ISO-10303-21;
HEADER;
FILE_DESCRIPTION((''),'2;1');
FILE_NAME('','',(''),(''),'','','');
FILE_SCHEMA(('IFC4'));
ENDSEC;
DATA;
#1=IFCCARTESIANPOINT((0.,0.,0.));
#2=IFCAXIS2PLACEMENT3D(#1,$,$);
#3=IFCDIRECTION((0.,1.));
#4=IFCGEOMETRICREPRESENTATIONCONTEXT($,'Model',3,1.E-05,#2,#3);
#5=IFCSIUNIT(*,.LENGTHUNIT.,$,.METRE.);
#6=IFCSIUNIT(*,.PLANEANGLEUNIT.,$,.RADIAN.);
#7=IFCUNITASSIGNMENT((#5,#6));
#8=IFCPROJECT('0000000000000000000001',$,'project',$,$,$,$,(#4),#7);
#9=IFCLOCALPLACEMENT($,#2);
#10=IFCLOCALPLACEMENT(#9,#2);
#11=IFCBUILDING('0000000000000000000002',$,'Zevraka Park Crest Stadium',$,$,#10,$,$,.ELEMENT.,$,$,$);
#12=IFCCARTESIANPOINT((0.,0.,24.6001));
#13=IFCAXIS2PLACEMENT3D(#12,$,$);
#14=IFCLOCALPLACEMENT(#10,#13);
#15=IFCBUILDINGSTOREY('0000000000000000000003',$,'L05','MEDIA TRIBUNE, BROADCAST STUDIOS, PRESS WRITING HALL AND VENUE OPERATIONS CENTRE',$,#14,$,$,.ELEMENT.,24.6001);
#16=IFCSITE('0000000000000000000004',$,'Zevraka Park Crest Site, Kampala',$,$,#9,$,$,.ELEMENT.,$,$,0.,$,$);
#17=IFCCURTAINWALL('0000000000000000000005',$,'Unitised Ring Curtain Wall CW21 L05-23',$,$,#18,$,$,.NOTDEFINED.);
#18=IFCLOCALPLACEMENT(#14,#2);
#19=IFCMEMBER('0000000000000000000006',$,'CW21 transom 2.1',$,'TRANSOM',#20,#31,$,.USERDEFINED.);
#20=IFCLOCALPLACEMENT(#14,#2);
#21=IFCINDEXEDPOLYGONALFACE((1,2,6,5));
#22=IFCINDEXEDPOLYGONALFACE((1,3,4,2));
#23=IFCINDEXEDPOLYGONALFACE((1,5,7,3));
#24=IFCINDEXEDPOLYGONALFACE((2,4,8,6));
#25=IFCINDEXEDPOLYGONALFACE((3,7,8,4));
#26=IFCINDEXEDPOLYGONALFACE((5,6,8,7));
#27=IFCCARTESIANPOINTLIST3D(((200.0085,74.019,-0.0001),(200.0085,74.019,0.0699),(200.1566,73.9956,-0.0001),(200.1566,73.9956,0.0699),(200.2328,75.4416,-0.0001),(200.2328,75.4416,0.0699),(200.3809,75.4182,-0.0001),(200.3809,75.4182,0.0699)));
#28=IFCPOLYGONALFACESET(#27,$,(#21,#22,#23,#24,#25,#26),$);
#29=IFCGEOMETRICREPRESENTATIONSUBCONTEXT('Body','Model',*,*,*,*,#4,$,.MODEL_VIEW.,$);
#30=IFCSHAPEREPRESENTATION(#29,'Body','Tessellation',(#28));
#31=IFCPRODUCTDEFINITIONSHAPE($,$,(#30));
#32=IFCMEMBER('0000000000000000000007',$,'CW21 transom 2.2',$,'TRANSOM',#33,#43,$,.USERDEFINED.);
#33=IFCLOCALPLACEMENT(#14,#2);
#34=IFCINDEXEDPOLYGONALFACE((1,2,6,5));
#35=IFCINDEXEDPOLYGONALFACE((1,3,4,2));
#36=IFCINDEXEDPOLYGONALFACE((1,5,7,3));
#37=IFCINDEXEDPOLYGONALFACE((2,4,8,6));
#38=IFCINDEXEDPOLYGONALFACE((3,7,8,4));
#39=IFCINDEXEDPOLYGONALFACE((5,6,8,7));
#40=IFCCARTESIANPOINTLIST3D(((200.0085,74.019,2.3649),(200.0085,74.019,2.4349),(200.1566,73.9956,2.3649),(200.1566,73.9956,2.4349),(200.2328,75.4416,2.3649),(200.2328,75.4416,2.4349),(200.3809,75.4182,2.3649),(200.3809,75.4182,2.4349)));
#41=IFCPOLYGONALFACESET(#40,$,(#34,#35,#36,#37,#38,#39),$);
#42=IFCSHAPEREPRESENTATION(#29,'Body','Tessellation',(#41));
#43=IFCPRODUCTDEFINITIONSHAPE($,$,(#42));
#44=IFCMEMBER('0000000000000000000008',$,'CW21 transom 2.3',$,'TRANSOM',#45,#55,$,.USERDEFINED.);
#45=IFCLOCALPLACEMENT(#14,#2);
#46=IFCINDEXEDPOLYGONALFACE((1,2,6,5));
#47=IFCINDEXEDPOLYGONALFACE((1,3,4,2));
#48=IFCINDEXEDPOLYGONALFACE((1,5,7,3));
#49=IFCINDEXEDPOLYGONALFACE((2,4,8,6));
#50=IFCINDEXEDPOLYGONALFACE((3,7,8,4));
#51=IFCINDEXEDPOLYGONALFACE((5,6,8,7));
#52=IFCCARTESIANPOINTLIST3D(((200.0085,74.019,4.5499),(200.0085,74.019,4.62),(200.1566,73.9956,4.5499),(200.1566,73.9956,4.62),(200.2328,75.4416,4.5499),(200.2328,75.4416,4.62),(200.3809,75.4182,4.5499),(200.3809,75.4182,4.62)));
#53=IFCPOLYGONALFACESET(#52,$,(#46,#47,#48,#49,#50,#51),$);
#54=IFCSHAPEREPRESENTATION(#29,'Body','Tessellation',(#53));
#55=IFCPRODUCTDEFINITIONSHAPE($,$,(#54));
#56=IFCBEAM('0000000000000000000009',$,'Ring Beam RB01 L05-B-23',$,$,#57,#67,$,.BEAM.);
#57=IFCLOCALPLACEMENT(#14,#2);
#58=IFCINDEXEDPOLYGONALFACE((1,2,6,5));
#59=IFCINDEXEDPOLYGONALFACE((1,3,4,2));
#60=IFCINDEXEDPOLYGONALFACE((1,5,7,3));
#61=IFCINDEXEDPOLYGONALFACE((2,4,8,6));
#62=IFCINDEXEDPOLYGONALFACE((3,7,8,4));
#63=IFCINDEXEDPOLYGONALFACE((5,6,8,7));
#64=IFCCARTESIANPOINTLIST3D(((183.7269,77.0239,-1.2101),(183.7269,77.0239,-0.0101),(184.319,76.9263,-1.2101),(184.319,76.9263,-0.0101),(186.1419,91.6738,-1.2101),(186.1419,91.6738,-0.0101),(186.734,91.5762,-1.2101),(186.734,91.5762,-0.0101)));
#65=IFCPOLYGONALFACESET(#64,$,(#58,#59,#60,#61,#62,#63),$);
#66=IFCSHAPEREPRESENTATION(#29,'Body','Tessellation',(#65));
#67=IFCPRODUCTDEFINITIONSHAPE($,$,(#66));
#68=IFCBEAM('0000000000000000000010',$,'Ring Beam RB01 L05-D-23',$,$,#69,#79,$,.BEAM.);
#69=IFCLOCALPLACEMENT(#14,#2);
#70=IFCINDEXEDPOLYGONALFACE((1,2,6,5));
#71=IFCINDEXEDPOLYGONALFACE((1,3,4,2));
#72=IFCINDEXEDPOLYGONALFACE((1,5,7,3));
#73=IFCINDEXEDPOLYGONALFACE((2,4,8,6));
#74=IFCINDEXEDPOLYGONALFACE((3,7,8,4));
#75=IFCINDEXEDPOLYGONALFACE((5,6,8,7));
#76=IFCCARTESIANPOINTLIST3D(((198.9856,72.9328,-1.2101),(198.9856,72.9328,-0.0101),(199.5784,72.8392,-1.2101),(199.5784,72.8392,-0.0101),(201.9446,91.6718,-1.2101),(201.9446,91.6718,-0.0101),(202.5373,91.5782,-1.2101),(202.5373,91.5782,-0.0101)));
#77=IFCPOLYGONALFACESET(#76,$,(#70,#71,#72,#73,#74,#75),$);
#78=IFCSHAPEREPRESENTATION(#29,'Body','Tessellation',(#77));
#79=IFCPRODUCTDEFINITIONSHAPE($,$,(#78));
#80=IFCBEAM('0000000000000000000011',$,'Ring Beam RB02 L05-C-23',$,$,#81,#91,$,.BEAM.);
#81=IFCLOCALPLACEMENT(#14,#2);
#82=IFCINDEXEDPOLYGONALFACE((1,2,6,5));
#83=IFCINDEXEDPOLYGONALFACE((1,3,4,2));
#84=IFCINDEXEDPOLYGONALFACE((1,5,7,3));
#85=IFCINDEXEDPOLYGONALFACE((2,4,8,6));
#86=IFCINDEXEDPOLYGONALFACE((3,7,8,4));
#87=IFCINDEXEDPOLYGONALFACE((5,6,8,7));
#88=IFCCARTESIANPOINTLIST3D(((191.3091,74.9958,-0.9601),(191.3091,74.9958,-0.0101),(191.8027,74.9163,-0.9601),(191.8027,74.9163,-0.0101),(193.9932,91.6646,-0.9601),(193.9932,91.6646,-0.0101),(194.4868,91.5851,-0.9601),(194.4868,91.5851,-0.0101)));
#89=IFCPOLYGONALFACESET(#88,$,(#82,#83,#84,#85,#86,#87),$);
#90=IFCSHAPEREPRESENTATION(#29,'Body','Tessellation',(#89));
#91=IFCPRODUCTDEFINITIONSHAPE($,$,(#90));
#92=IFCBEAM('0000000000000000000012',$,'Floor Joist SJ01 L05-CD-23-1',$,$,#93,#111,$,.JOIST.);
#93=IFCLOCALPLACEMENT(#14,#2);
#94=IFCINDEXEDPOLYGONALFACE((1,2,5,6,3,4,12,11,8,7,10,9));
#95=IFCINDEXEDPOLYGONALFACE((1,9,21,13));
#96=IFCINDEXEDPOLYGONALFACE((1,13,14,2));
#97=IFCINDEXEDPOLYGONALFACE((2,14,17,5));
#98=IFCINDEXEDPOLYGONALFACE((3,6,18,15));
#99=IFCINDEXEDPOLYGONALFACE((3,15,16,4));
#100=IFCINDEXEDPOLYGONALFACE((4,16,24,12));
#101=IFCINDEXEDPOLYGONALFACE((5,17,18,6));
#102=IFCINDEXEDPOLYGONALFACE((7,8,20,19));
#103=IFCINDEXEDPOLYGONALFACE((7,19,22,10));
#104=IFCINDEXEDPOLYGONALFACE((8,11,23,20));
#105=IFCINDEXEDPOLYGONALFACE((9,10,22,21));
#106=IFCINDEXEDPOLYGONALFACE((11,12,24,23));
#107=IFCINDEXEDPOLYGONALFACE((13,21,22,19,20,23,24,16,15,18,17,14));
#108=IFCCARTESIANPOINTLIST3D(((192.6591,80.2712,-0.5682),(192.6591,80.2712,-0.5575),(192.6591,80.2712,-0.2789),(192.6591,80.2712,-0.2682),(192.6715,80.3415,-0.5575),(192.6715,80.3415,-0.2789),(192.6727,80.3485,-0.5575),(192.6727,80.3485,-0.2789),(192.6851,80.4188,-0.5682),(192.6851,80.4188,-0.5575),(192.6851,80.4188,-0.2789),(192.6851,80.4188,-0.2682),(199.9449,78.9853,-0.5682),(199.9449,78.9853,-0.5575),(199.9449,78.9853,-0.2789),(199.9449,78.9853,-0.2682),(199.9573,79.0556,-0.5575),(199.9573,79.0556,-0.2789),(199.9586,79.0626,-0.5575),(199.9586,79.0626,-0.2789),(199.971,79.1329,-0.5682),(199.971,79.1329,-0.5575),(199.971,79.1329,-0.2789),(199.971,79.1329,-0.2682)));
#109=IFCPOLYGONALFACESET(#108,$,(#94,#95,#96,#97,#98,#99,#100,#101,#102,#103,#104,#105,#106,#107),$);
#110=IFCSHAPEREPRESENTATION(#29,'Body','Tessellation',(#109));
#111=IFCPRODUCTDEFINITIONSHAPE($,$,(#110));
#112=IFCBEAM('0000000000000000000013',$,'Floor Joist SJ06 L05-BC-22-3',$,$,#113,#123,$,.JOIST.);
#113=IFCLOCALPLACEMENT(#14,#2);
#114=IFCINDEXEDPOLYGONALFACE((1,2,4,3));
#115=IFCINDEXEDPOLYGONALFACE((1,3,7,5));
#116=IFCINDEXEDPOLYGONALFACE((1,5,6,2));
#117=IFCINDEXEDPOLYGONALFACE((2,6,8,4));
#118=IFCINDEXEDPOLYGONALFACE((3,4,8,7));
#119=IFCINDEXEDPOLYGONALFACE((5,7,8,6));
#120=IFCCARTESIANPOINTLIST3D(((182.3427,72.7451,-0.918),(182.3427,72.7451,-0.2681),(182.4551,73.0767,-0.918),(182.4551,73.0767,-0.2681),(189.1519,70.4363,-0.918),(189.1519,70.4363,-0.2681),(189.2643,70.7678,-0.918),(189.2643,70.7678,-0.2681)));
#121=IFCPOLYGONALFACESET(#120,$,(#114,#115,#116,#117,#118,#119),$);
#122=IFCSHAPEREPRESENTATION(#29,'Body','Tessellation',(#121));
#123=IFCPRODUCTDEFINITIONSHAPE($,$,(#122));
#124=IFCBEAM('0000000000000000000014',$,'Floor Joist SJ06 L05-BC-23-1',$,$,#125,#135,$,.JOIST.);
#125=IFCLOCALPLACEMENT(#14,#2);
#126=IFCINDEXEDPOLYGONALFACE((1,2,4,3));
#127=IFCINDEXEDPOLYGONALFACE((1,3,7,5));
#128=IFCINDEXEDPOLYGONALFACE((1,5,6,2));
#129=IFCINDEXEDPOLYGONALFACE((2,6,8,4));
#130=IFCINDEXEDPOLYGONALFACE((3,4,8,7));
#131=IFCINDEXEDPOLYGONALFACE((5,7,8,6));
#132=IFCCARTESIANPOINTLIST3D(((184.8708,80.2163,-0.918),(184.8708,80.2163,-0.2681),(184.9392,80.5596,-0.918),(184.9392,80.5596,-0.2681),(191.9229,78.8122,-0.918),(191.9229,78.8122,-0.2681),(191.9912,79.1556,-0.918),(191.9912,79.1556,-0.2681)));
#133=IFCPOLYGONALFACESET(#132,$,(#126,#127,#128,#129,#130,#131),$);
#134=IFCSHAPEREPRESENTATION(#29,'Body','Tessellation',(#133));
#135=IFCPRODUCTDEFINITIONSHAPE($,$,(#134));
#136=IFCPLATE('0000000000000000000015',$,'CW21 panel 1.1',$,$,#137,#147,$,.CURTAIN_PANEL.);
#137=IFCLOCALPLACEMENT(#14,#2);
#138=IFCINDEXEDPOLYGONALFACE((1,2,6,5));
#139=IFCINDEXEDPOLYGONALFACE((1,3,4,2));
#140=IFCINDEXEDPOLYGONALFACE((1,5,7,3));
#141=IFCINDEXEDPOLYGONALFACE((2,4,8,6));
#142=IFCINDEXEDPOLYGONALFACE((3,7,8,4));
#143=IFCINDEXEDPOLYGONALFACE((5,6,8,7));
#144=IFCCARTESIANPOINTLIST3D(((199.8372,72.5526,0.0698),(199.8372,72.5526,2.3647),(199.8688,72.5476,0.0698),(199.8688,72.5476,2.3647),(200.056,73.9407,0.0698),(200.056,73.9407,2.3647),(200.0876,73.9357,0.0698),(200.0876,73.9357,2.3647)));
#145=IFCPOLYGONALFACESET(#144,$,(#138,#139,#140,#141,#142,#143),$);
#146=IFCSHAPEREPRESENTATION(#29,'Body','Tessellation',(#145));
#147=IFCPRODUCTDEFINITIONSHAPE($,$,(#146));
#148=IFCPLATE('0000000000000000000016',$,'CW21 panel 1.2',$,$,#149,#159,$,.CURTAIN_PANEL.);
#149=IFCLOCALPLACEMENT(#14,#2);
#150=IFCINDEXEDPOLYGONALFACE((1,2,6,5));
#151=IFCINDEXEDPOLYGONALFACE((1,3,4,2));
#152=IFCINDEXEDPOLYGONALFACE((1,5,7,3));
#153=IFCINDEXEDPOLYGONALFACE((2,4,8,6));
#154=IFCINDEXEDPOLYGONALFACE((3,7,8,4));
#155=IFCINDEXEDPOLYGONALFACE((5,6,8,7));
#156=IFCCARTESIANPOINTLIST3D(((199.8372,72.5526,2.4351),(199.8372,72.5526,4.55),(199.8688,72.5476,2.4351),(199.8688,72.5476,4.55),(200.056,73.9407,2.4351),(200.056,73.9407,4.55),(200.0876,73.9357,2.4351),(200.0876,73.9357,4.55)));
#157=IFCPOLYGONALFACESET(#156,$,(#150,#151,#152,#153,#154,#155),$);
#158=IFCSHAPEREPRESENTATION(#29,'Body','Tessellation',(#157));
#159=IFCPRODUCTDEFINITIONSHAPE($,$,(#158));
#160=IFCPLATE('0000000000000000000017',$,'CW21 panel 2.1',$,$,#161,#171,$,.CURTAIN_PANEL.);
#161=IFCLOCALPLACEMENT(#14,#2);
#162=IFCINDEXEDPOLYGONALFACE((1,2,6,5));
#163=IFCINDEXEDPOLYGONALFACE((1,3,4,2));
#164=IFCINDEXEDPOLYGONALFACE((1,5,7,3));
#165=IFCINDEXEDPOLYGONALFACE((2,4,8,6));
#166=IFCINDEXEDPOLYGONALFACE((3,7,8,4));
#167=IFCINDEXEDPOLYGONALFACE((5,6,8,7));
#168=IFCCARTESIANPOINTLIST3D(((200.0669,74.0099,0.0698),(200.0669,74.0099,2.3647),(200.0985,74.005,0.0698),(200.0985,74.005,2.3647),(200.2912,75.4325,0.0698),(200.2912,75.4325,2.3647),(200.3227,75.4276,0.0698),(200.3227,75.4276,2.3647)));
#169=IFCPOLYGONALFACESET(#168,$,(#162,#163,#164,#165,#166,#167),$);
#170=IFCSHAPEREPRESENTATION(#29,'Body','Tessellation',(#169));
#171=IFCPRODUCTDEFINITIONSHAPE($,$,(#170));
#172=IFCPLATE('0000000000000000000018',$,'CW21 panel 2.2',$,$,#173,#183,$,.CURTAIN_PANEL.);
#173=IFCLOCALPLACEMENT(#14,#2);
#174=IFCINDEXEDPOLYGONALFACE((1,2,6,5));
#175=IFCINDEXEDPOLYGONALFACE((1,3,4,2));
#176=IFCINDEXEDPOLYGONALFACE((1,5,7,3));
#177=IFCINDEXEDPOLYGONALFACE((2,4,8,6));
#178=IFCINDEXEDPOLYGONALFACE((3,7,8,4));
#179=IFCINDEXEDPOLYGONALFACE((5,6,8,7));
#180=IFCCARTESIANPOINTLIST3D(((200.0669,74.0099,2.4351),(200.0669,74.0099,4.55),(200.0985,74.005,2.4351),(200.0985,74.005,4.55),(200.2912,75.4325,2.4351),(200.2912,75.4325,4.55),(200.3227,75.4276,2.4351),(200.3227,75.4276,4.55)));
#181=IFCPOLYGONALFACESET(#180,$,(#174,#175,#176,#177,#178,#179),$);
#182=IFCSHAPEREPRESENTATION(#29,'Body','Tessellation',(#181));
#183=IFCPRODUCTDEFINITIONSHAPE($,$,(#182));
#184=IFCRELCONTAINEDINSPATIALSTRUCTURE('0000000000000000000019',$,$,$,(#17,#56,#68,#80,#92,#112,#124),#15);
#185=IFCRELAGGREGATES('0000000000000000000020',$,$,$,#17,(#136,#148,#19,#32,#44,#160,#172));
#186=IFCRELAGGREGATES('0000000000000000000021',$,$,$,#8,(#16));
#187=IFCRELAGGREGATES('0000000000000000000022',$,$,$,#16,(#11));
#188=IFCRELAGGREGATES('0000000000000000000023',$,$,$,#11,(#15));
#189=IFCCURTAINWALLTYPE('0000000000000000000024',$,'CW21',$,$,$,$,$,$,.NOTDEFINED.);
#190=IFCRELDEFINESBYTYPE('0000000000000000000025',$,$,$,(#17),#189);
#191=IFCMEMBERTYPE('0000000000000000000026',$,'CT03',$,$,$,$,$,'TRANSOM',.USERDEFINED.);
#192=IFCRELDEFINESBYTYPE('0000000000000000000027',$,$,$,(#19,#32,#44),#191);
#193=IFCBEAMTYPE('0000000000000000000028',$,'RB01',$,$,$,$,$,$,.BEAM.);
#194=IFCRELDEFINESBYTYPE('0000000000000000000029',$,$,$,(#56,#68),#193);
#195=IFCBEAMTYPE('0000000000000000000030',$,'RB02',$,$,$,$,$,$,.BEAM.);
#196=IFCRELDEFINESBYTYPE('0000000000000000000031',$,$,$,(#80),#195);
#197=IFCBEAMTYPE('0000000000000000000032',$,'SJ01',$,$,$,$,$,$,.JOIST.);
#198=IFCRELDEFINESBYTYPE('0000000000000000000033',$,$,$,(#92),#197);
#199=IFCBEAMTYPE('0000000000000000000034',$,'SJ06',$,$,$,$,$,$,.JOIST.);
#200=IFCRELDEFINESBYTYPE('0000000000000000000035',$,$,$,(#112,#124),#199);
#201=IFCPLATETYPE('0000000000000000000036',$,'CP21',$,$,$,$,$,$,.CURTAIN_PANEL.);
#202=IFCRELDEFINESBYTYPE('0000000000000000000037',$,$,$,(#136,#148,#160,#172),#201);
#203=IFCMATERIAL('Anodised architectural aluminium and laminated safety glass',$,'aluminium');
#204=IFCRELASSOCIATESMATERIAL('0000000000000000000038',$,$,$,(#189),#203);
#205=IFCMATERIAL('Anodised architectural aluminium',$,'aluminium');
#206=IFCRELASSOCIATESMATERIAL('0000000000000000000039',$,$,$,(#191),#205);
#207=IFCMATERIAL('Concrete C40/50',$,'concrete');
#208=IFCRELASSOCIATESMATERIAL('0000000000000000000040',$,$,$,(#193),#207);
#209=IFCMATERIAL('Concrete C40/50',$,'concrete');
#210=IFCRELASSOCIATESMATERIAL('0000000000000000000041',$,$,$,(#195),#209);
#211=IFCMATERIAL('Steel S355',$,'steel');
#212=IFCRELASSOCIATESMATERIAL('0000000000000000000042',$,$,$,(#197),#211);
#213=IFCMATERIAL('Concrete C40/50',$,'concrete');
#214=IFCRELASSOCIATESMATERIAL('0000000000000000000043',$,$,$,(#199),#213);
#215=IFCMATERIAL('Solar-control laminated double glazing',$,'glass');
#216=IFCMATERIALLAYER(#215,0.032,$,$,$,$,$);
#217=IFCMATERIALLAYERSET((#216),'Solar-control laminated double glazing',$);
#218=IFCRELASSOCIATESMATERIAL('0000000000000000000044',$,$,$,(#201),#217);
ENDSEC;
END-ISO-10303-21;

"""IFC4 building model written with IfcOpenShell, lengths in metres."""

from ifc_helpers import new_model, si_unit, direction, frame, origin, origin_2d, place, context, subcontext, project, spatial, rectangle, i_section, extrude, material, layer, layer_set, material_profile, profile_set, type_object, element, aggregate, save


model = new_model("IFC4")

# Units and contexts
model_context = context("Model", 3, precision=1e-05, world=origin(), true_north=direction((0.0, 1.0)))
body_context = subcontext(model_context, "Body", "Model", "MODEL_VIEW")
ifc_project = project(units=[si_unit("LENGTHUNIT", "METRE"), si_unit("PLANEANGLEUNIT", "RADIAN")], contexts=[model_context])

# Site, building, storey
site_placement = place(None, origin())
site = spatial("IfcSite", under=ifc_project, at=site_placement, Name="Zevraka Park Crest Site, Kampala", CompositionType="ELEMENT", RefElevation=0.0)
building_placement = place(site_placement, origin())
building = spatial("IfcBuilding", under=site, at=building_placement, Name="Zevraka Park Crest Stadium", CompositionType="ELEMENT")
storey_placement = place(building_placement, frame((0.0, 0.0, 24.6001)))
storey = spatial("IfcBuildingStorey", under=building, at=storey_placement, Name="L05", Description="MEDIA TRIBUNE, BROADCAST STUDIOS, PRESS WRITING HALL AND VENUE OPERATIONS CENTRE", CompositionType="ELEMENT", Elevation=24.6001)

# Curtain wall
ifc_material_1 = material(Name="Anodised architectural aluminium and laminated safety glass", Category="aluminium")
curtain_wall_type_1 = type_object("IfcCurtainWallType", Name="CW21", PredefinedType="NOTDEFINED", material=ifc_material_1)
curtain_wall_1_placement = place(storey_placement, origin())
curtain_wall_1 = element("IfcCurtainWall", 1, at=curtain_wall_1_placement, inside=storey, type_object=curtain_wall_type_1, Name="Unitised Ring Curtain Wall CW21 L05-23", PredefinedType="NOTDEFINED")

# Members
ifc_material_2 = material(Name="Anodised architectural aluminium", Category="aluminium")
ifc_material_profile_1 = material_profile(ifc_material_2, rectangle(XDim=0.1499, YDim=0.0701, at=origin_2d()), Name="ALU TRANSOM 150x70")
ifc_profile_set_1 = profile_set([ifc_material_profile_1], Name="Anodised architectural aluminium")
member_type_1 = type_object("IfcMemberType", Name="CT03", ElementType="TRANSOM", PredefinedType="USERDEFINED", material=ifc_profile_set_1)
member_1_placement = place(storey_placement, frame((200.0825, 74.0073, 0.0349), z_axis=(0.155788, 0.98779, 0.0), x_axis=(-0.98779, 0.155788, 0.0)))
member_1 = element("IfcMember", 2, at=member_1_placement, type_object=member_type_1, Name="CW21 transom 2.1", ObjectType="TRANSOM", PredefinedType="USERDEFINED", context=body_context, shape_type="SweptSolid", body=[
    extrude(rectangle(XDim=0.1499, YDim=0.0701, at=origin_2d()), origin(), (0.0, 0.0, 1.0), 1.4402),
])
member_2_placement = place(storey_placement, frame((200.0825, 74.0073, 2.3999), z_axis=(0.155788, 0.98779, 0.0), x_axis=(-0.98779, 0.155788, 0.0)))
member_2 = element("IfcMember", 3, at=member_2_placement, type_object=member_type_1, Name="CW21 transom 2.2", ObjectType="TRANSOM", PredefinedType="USERDEFINED", context=body_context, shape_type="SweptSolid", body=[
    extrude(rectangle(XDim=0.1499, YDim=0.0701, at=origin_2d()), origin(), (0.0, 0.0, 1.0), 1.4402),
])
member_3_placement = place(storey_placement, frame((200.0825, 74.0073, 4.585), z_axis=(0.155788, 0.98779, 0.0), x_axis=(-0.98779, 0.155788, 0.0)))
member_3 = element("IfcMember", 4, at=member_3_placement, type_object=member_type_1, Name="CW21 transom 2.3", ObjectType="TRANSOM", PredefinedType="USERDEFINED", context=body_context, shape_type="SweptSolid", body=[
    extrude(rectangle(XDim=0.1499, YDim=0.0701, at=origin_2d()), origin(), (0.0, 0.0, 1.0), 1.4402),
])

# Beams
ifc_material_3 = material(Name="Concrete C40/50", Category="concrete")
ifc_material_profile_2 = material_profile(ifc_material_3, rectangle(XDim=0.6001, YDim=1.2, at=origin_2d()), Name="RC 1200x600")
ifc_profile_set_2 = profile_set([ifc_material_profile_2], Name="Concrete C40/50")
beam_type_1 = type_object("IfcBeamType", Name="RB01", PredefinedType="BEAM", material=ifc_profile_set_2)
beam_1_placement = place(storey_placement, frame((184.0229, 76.9751, -0.6101), z_axis=(0.162655, 0.986683, 0.0), x_axis=(-0.986683, 0.162655, 0.0)))
element("IfcBeam", 5, at=beam_1_placement, inside=storey, type_object=beam_type_1, Name="Ring Beam RB01 L05-B-23", PredefinedType="BEAM", context=body_context, shape_type="SweptSolid", body=[
    extrude(rectangle(XDim=0.6001, YDim=1.2, at=origin_2d()), origin(), (0.0, 0.0, 1.0), 14.8477),
])
beam_2_placement = place(storey_placement, frame((199.282, 72.886, -0.6101), z_axis=(0.155972, 0.987761, 0.0), x_axis=(-0.987761, 0.155972, 0.0)))
element("IfcBeam", 6, at=beam_2_placement, inside=storey, type_object=beam_type_1, Name="Ring Beam RB01 L05-D-23", PredefinedType="BEAM", context=body_context, shape_type="SweptSolid", body=[
    extrude(rectangle(XDim=0.6001, YDim=1.2, at=origin_2d()), origin(), (0.0, 0.0, 1.0), 18.9712),
])
ifc_material_4 = material(Name="Concrete C40/50", Category="concrete")
ifc_material_profile_3 = material_profile(ifc_material_4, rectangle(XDim=0.5, YDim=0.95, at=origin_2d()), Name="RC 950x500")
ifc_profile_set_3 = profile_set([ifc_material_profile_3], Name="Concrete C40/50")
beam_type_2 = type_object("IfcBeamType", Name="RB02", PredefinedType="BEAM", material=ifc_profile_set_3)
beam_3_placement = place(storey_placement, frame((191.5559, 74.9561, -0.4851), z_axis=(0.158975, 0.987283, 0.0), x_axis=(-0.987283, 0.158975, 0.0)))
element("IfcBeam", 7, at=beam_3_placement, inside=storey, type_object=beam_type_2, Name="Ring Beam RB02 L05-C-23", PredefinedType="BEAM", context=body_context, shape_type="SweptSolid", body=[
    extrude(rectangle(XDim=0.5, YDim=0.95, at=origin_2d()), origin(), (0.0, 0.0, 1.0), 16.8835),
])
ifc_material_5 = material(Name="Steel S355", Category="steel")
ifc_material_profile_4 = material_profile(ifc_material_5, i_section(OverallWidth=0.1499, OverallDepth=0.3, WebThickness=0.0071, FlangeThickness=0.0107, at=origin_2d()), Name="IPE 300")
ifc_profile_set_4 = profile_set([ifc_material_profile_4], Name="Steel S355")
beam_type_3 = type_object("IfcBeamType", Name="SJ01", PredefinedType="JOIST", material=ifc_profile_set_4)
beam_4_placement = place(storey_placement, frame((192.6721, 80.345, -0.4182), z_axis=(0.98478, -0.173804, 0.0), x_axis=(0.173804, 0.98478, 0.0)))
element("IfcBeam", 8, at=beam_4_placement, inside=storey, type_object=beam_type_3, Name="Floor Joist SJ01 L05-CD-23-1", PredefinedType="JOIST", context=body_context, shape_type="SweptSolid", body=[
    extrude(i_section(OverallWidth=0.1499, OverallDepth=0.3, WebThickness=0.0071, FlangeThickness=0.0107, at=origin_2d()), origin(), (0.0, 0.0, 1.0), 7.3984),
])
ifc_material_6 = material(Name="Concrete C40/50", Category="concrete")
ifc_material_profile_5 = material_profile(ifc_material_6, rectangle(XDim=0.3501, YDim=0.6499, at=origin_2d()), Name="RC 650x350")
ifc_profile_set_5 = profile_set([ifc_material_profile_5], Name="Concrete C40/50")
beam_type_4 = type_object("IfcBeamType", Name="SJ06", PredefinedType="JOIST", material=ifc_profile_set_5)
beam_5_placement = place(storey_placement, frame((182.3989, 72.9109, -0.593), z_axis=(0.947037, -0.321123, 0.0), x_axis=(0.321123, 0.947037, 0.0)))
element("IfcBeam", 9, at=beam_5_placement, inside=storey, type_object=beam_type_4, Name="Floor Joist SJ06 L05-BC-22-3", PredefinedType="JOIST", context=body_context, shape_type="SweptSolid", body=[
    extrude(rectangle(XDim=0.3501, YDim=0.6499, at=origin_2d()), origin(), (0.0, 0.0, 1.0), 7.1899),
])
beam_6_placement = place(storey_placement, frame((184.905, 80.3879, -0.593), z_axis=(0.98075, -0.195267, 0.0), x_axis=(0.195267, 0.98075, 0.0)))
element("IfcBeam", 10, at=beam_6_placement, inside=storey, type_object=beam_type_4, Name="Floor Joist SJ06 L05-BC-23-1", PredefinedType="JOIST", context=body_context, shape_type="SweptSolid", body=[
    extrude(rectangle(XDim=0.3501, YDim=0.6499, at=origin_2d()), origin(), (0.0, 0.0, 1.0), 7.1904),
])

# Plates
ifc_material_7 = material(Name="Solar-control laminated double glazing", Category="glass")
ifc_layer_1 = layer(ifc_material_7, 0.032)
ifc_layer_set_1 = layer_set([ifc_layer_1], Name="Solar-control laminated double glazing")
plate_type_1 = type_object("IfcPlateType", Name="CP21", PredefinedType="CURTAIN_PANEL", material=ifc_layer_set_1)
plate_1_placement = place(storey_placement, frame((199.9624, 73.2441, 0.0698), z_axis=(0.0, 0.0, 1.0), x_axis=(0.155711, 0.987803, 0.0)))
plate_1 = element("IfcPlate", 11, at=plate_1_placement, type_object=plate_type_1, Name="CW21 panel 1.1", PredefinedType="CURTAIN_PANEL", context=body_context, shape_type="SweptSolid", body=[
    extrude(rectangle(XDim=1.4053, YDim=0.032, at=origin_2d()), origin(), (0.0, 0.0, 1.0), 2.2949),
])
plate_2_placement = place(storey_placement, frame((199.9624, 73.2441, 2.4351), z_axis=(0.0, 0.0, 1.0), x_axis=(0.155711, 0.987803, 0.0)))
plate_2 = element("IfcPlate", 12, at=plate_2_placement, type_object=plate_type_1, Name="CW21 panel 1.2", PredefinedType="CURTAIN_PANEL", context=body_context, shape_type="SweptSolid", body=[
    extrude(rectangle(XDim=1.4053, YDim=0.032, at=origin_2d()), origin(), (0.0, 0.0, 1.0), 2.115),
])
plate_3_placement = place(storey_placement, frame((200.1948, 74.7188, 0.0698), z_axis=(0.0, 0.0, 1.0), x_axis=(0.155711, 0.987803, 0.0)))
plate_3 = element("IfcPlate", 13, at=plate_3_placement, type_object=plate_type_1, Name="CW21 panel 2.1", PredefinedType="CURTAIN_PANEL", context=body_context, shape_type="SweptSolid", body=[
    extrude(rectangle(XDim=1.4402, YDim=0.032, at=origin_2d()), origin(), (0.0, 0.0, 1.0), 2.2949),
])
plate_4_placement = place(storey_placement, frame((200.1948, 74.7188, 2.4351), z_axis=(0.0, 0.0, 1.0), x_axis=(0.155711, 0.987803, 0.0)))
plate_4 = element("IfcPlate", 14, at=plate_4_placement, type_object=plate_type_1, Name="CW21 panel 2.2", PredefinedType="CURTAIN_PANEL", context=body_context, shape_type="SweptSolid", body=[
    extrude(rectangle(XDim=1.4402, YDim=0.032, at=origin_2d()), origin(), (0.0, 0.0, 1.0), 2.115),
])
aggregate(curtain_wall_1, [plate_1, plate_2, member_1, member_2, member_3, plate_3, plate_4])

save(model, "model.ifc")
